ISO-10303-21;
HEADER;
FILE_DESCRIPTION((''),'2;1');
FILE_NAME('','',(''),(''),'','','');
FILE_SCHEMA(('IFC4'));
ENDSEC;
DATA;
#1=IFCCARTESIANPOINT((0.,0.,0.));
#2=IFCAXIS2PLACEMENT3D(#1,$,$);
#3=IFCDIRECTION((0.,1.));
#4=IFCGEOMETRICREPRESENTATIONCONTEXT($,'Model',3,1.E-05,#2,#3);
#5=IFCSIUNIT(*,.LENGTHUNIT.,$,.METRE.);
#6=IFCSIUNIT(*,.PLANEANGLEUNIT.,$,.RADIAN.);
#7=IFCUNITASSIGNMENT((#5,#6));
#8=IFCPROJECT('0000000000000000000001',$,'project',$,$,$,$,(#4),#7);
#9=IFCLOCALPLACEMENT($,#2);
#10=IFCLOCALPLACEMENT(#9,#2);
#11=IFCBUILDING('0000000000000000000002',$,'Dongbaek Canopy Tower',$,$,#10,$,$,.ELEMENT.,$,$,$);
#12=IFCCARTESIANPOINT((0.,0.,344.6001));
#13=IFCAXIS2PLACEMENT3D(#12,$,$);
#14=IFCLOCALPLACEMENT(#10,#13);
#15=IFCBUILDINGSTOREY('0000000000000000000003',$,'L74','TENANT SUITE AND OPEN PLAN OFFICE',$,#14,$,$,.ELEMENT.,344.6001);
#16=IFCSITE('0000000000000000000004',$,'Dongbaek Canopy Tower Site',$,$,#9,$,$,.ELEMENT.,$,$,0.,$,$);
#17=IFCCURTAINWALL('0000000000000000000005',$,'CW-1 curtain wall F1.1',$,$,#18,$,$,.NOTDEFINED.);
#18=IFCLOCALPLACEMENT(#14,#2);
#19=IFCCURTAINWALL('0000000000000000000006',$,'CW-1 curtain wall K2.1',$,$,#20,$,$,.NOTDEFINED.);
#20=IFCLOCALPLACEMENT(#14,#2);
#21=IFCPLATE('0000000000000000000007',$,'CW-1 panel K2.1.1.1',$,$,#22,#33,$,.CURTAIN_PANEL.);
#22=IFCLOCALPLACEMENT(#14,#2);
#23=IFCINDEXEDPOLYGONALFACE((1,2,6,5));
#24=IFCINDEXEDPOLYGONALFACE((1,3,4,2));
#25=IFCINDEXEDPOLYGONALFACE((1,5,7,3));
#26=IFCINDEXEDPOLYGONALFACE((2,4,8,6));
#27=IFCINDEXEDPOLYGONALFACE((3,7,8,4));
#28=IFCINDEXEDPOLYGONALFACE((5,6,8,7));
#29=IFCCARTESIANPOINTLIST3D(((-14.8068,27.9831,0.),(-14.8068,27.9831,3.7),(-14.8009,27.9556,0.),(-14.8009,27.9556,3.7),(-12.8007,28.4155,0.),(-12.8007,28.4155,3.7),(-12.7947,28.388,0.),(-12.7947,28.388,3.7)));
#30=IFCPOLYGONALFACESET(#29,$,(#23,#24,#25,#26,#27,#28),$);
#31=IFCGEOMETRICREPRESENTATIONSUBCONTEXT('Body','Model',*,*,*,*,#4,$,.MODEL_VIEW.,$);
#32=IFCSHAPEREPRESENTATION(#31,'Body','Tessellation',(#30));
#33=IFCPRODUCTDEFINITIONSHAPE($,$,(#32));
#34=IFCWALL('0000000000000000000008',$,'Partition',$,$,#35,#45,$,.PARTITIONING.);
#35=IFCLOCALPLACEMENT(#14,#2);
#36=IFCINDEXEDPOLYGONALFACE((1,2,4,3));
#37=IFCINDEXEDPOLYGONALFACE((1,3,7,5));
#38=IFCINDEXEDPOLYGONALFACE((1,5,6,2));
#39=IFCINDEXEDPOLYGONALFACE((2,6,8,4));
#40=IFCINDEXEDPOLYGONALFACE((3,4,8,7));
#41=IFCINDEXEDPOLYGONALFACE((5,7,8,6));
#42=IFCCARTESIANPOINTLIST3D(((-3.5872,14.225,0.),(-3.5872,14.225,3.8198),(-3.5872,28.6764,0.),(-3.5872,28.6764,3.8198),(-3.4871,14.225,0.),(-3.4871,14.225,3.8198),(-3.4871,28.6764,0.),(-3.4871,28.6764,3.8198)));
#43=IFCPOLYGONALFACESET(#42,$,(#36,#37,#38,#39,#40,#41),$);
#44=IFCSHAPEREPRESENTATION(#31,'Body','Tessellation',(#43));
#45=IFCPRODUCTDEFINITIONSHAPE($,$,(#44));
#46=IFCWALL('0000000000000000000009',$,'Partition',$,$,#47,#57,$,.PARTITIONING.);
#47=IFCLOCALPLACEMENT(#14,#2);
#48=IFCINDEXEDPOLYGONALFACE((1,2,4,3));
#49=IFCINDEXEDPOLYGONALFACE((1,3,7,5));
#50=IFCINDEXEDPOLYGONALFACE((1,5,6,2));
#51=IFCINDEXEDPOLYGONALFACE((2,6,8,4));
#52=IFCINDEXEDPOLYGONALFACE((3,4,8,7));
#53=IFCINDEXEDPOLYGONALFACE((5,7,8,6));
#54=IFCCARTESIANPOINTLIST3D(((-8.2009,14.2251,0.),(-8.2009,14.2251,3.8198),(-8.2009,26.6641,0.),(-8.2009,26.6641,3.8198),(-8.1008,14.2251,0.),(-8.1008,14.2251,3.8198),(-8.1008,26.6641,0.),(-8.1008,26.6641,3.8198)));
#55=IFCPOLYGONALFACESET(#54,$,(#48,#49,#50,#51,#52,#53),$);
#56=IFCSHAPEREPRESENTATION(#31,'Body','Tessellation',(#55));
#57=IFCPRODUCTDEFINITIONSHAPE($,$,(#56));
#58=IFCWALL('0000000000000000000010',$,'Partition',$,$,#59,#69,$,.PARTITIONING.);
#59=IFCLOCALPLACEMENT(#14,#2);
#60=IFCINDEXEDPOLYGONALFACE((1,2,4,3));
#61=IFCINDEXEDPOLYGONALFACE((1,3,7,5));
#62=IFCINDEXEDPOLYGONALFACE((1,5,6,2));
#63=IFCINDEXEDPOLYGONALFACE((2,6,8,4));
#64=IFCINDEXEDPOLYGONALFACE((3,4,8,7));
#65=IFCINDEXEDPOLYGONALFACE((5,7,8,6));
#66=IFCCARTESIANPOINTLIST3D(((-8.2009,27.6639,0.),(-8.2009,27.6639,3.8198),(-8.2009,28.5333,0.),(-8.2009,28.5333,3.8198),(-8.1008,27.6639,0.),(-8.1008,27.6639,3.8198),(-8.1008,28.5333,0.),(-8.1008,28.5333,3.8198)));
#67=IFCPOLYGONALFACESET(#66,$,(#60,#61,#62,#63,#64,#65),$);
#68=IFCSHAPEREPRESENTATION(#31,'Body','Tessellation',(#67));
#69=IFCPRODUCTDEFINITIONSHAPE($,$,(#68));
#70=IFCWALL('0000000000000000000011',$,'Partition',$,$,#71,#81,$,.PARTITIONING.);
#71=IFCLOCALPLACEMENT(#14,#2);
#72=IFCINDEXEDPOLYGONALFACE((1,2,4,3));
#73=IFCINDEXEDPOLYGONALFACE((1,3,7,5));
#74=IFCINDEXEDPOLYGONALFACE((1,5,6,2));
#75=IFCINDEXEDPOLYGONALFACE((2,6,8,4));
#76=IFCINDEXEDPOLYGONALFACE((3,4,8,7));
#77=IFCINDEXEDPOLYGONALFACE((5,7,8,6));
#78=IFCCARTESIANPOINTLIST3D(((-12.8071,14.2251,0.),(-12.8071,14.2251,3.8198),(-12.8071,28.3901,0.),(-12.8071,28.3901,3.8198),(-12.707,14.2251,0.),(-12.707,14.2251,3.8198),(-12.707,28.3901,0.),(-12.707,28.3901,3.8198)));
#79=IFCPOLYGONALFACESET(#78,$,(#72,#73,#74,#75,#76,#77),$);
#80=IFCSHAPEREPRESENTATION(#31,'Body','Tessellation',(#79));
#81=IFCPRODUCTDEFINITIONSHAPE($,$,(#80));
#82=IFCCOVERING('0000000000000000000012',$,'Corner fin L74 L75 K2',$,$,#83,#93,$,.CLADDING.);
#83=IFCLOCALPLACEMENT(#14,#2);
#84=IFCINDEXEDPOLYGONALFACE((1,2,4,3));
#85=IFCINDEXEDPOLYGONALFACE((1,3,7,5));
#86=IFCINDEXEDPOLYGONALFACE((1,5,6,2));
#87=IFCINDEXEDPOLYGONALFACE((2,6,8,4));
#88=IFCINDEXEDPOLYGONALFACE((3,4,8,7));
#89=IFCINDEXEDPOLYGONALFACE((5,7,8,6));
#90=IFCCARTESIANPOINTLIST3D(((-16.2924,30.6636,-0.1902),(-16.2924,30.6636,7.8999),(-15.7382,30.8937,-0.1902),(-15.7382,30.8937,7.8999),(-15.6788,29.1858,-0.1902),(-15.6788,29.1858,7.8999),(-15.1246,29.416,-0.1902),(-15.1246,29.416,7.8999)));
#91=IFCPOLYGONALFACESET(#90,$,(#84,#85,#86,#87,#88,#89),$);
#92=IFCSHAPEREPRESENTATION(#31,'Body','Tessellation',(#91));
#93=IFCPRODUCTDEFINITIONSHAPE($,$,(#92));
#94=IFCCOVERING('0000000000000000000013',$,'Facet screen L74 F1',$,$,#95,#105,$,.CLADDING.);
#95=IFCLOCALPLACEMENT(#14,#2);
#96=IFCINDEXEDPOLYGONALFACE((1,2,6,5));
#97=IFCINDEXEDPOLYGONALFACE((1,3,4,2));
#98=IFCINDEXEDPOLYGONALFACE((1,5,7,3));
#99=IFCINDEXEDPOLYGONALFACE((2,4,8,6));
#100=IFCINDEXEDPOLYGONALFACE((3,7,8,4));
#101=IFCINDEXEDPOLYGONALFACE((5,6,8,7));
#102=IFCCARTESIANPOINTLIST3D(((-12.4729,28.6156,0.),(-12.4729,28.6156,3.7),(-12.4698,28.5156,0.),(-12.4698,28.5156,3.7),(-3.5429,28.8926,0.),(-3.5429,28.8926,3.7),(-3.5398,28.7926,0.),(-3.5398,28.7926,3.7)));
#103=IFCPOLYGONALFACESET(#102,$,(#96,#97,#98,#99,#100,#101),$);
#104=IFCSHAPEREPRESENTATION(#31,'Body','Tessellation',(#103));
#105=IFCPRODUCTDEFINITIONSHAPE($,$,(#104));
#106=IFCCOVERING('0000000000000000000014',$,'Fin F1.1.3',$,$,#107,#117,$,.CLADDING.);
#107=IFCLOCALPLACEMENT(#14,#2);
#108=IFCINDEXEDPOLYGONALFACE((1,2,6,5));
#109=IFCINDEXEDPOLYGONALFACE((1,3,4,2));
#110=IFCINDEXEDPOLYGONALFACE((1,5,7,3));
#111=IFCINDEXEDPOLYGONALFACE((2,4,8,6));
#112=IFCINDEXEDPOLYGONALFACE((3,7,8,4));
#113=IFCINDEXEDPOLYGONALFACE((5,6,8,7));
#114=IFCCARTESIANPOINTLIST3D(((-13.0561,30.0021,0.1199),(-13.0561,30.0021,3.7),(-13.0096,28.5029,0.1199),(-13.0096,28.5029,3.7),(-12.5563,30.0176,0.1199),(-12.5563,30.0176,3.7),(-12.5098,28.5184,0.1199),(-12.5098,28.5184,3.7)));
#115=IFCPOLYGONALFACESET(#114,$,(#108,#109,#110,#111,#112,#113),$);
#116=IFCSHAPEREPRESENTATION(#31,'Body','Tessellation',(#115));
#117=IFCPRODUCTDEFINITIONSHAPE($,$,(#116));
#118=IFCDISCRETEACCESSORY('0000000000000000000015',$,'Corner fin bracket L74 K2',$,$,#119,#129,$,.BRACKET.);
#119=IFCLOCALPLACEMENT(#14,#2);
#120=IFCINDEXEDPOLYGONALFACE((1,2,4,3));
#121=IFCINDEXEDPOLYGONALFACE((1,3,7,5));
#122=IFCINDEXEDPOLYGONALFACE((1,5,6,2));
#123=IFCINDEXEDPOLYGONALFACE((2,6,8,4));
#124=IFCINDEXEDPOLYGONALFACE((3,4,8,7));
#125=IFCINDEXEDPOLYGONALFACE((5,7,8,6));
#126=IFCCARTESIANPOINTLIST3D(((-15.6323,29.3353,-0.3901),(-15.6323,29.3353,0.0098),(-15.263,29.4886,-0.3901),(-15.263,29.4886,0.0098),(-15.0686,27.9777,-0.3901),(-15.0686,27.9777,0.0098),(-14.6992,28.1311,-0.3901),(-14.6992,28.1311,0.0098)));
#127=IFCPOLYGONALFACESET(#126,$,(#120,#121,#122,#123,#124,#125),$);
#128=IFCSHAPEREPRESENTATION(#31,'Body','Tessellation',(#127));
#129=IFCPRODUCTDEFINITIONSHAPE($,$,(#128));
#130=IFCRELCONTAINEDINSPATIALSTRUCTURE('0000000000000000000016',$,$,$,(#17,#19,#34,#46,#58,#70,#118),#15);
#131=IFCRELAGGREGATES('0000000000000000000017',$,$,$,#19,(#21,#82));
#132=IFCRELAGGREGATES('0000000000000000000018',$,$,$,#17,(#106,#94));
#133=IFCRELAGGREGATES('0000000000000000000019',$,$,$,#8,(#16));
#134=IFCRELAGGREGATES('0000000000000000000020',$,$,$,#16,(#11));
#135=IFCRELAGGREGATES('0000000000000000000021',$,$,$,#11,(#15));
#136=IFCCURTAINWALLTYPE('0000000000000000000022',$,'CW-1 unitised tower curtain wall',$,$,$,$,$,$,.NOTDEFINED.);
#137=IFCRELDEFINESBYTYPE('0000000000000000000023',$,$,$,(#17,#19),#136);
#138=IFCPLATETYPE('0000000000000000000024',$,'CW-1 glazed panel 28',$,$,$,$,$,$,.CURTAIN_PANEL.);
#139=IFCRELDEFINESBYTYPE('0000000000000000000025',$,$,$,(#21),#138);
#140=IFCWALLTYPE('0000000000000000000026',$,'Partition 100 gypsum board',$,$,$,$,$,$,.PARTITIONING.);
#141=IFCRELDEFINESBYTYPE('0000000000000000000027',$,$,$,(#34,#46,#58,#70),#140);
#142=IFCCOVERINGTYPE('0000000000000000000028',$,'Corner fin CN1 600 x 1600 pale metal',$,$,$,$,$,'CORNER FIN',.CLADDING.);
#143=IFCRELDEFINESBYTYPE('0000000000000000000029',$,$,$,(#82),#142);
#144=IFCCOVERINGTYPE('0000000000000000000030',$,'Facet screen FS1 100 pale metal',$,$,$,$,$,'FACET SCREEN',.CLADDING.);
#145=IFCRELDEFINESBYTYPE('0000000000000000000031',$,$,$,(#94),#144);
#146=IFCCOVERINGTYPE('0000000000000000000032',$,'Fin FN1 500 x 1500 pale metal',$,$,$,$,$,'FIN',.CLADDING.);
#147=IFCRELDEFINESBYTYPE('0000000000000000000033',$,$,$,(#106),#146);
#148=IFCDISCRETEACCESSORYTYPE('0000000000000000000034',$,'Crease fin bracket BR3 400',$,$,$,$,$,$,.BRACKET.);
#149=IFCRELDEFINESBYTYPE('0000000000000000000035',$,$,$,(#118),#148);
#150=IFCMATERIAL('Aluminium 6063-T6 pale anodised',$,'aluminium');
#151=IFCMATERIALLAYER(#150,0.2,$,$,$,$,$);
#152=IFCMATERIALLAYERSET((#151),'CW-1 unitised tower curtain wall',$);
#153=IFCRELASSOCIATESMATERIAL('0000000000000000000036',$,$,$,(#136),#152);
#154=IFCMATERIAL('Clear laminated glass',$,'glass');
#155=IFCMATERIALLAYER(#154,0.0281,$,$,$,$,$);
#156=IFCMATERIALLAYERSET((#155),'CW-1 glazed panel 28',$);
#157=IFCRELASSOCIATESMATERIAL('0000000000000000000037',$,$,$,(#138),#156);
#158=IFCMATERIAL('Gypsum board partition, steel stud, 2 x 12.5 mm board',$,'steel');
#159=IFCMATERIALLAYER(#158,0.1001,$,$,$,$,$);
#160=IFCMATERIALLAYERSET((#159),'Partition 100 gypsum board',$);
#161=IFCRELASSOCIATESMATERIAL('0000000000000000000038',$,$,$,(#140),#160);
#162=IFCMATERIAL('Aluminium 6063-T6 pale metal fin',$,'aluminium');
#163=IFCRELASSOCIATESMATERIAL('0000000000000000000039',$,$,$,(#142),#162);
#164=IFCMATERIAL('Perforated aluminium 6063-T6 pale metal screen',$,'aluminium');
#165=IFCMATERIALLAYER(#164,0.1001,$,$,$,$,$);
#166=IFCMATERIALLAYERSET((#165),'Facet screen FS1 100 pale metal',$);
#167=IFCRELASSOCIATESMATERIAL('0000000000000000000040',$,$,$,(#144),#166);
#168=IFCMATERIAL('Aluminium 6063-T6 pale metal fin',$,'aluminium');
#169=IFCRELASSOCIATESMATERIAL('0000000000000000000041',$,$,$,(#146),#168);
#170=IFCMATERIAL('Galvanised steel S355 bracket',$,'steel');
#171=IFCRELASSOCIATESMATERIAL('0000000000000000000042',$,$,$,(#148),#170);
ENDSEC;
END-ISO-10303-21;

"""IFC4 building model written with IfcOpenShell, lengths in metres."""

from ifc_helpers import new_model, si_unit, direction, frame, frame_2d, origin, origin_2d, place, context, subcontext, project, spatial, rectangle, extrude, material, layer, layer_set, material_profile, profile_set, type_object, element, aggregate, save


model = new_model("IFC4")

# Units and contexts
model_context = context("Model", 3, precision=1e-05, world=origin(), true_north=direction((0.0, 1.0)))
body_context = subcontext(model_context, "Body", "Model", "MODEL_VIEW")
ifc_project = project(units=[si_unit("LENGTHUNIT", "METRE"), si_unit("PLANEANGLEUNIT", "RADIAN")], contexts=[model_context])

# Site, building, storey
site_placement = place(None, origin())
site = spatial("IfcSite", under=ifc_project, at=site_placement, Name="Dongbaek Canopy Tower Site", CompositionType="ELEMENT", RefElevation=0.0)
building_placement = place(site_placement, origin())
building = spatial("IfcBuilding", under=site, at=building_placement, Name="Dongbaek Canopy Tower", CompositionType="ELEMENT")
storey_placement = place(building_placement, frame((0.0, 0.0, 344.6001)))
storey = spatial("IfcBuildingStorey", under=building, at=storey_placement, Name="L74", Description="TENANT SUITE AND OPEN PLAN OFFICE", CompositionType="ELEMENT", Elevation=344.6001)

# Curtain wall
ifc_material_1 = material(Name="Aluminium 6063-T6 pale anodised", Category="aluminium")
ifc_layer_1 = layer(ifc_material_1, 0.2)
ifc_layer_set_1 = layer_set([ifc_layer_1], Name="CW-1 unitised tower curtain wall")
curtain_wall_type = type_object("IfcCurtainWallType", Name="CW-1 unitised tower curtain wall", PredefinedType="NOTDEFINED", material=ifc_layer_set_1)
curtain_wall_1_placement = place(storey_placement, origin())
curtain_wall_1 = element("IfcCurtainWall", 1, at=curtain_wall_1_placement, inside=storey, type_object=curtain_wall_type, Name="CW-1 curtain wall F1.1", PredefinedType="NOTDEFINED")

# Curtain wall
curtain_wall_2_placement = place(storey_placement, origin())
curtain_wall_2 = element("IfcCurtainWall", 2, at=curtain_wall_2_placement, inside=storey, type_object=curtain_wall_type, Name="CW-1 curtain wall K2.1", PredefinedType="NOTDEFINED")

# Plate
ifc_material_2 = material(Name="Clear laminated glass", Category="glass")
ifc_layer_2 = layer(ifc_material_2, 0.0281)
ifc_layer_set_2 = layer_set([ifc_layer_2], Name="CW-1 glazed panel 28")
plate_type = type_object("IfcPlateType", Name="CW-1 glazed panel 28", PredefinedType="CURTAIN_PANEL", material=ifc_layer_set_2)
plate_1_placement = place(storey_placement, frame((-13.8008, 28.1855, 0.0), z_axis=(0.0, 0.0, 1.0), x_axis=(-0.977549, -0.21071, 0.0)))
plate_1 = element("IfcPlate", 3, at=plate_1_placement, type_object=plate_type, Name="CW-1 panel K2.1.1.1", PredefinedType="CURTAIN_PANEL", context=body_context, shape_type="SweptSolid", body=[
    extrude(rectangle(XDim=2.0522, YDim=0.0281, at=origin_2d()), origin(), (0.0, 0.0, 1.0), 3.7),
])

# Walls
ifc_material_3 = material(Name="Gypsum board partition, steel stud, 2 x 12.5 mm board", Category="steel")
ifc_layer_3 = layer(ifc_material_3, 0.1001)
ifc_layer_set_3 = layer_set([ifc_layer_3], Name="Partition 100 gypsum board")
wall_type = type_object("IfcWallType", Name="Partition 100 gypsum board", PredefinedType="PARTITIONING", material=ifc_layer_set_3)
wall_1_placement = place(storey_placement, frame((-3.5371, 14.2251, 0.0), z_axis=(0.0, 0.0, 1.0), x_axis=(0.0, 1.0, 0.0)))
element("IfcWall", 4, at=wall_1_placement, inside=storey, type_object=wall_type, Name="Partition", PredefinedType="PARTITIONING", context=body_context, shape_type="SweptSolid", body=[
    extrude(rectangle(XDim=14.4514, YDim=0.1001, at=frame_2d((7.2256, 0.0))), origin(), (0.0, 0.0, 1.0), 3.8198),
])
wall_2_placement = place(storey_placement, frame((-8.1509, 14.2251, 0.0), z_axis=(0.0, 0.0, 1.0), x_axis=(0.0, 1.0, 0.0)))
element("IfcWall", 5, at=wall_2_placement, inside=storey, type_object=wall_type, Name="Partition", PredefinedType="PARTITIONING", context=body_context, shape_type="SweptSolid", body=[
    extrude(rectangle(XDim=12.439, YDim=0.1001, at=frame_2d((6.2195, 0.0))), origin(), (0.0, 0.0, 1.0), 3.8198),
])
wall_3_placement = place(storey_placement, frame((-8.1509, 27.6641, 0.0), z_axis=(0.0, 0.0, 1.0), x_axis=(0.0, 1.0, 0.0)))
element("IfcWall", 6, at=wall_3_placement, inside=storey, type_object=wall_type, Name="Partition", PredefinedType="PARTITIONING", context=body_context, shape_type="SweptSolid", body=[
    extrude(rectangle(XDim=0.8694, YDim=0.1001, at=frame_2d((0.4346, 0.0))), origin(), (0.0, 0.0, 1.0), 3.8198),
])
wall_4_placement = place(storey_placement, frame((-12.7571, 14.2251, 0.0), z_axis=(0.0, 0.0, 1.0), x_axis=(0.0, 1.0, 0.0)))
element("IfcWall", 7, at=wall_4_placement, inside=storey, type_object=wall_type, Name="Partition", PredefinedType="PARTITIONING", context=body_context, shape_type="SweptSolid", body=[
    extrude(rectangle(XDim=14.165, YDim=0.1001, at=frame_2d((7.0825, 0.0))), origin(), (0.0, 0.0, 1.0), 3.8198),
])

# Coverings
ifc_material_4 = material(Name="Aluminium 6063-T6 pale metal fin", Category="aluminium")
ifc_material_profile_1 = material_profile(ifc_material_4, rectangle(XDim=1.6001, YDim=0.6001, at=origin_2d()), Name="Corner fin CN1 600 x 1600 pale metal")
ifc_profile_set_1 = profile_set([ifc_material_profile_1], Name="Aluminium 6063-T6 pale metal fin")
covering_type_1 = type_object("IfcCoveringType", Name="Corner fin CN1 600 x 1600 pale metal", ElementType="CORNER FIN", PredefinedType="CLADDING", material=ifc_profile_set_1)
covering_1_placement = place(storey_placement, frame((-15.7085, 30.0398, -0.1902), z_axis=(0.0, 0.0, 1.0), x_axis=(-0.38351, 0.923537, 0.0)))
covering_1 = element("IfcCovering", 8, at=covering_1_placement, type_object=covering_type_1, Name="Corner fin L74 L75 K2", PredefinedType="CLADDING", context=body_context, shape_type="SweptSolid", body=[
    extrude(rectangle(XDim=1.6001, YDim=0.6001, at=origin_2d()), origin(), (0.0, 0.0, 1.0), 8.0901),
])
aggregate(curtain_wall_2, [plate_1, covering_1])
ifc_material_5 = material(Name="Perforated aluminium 6063-T6 pale metal screen", Category="aluminium")
ifc_layer_4 = layer(ifc_material_5, 0.1001)
ifc_layer_set_4 = layer_set([ifc_layer_4], Name="Facet screen FS1 100 pale metal")
covering_type_2 = type_object("IfcCoveringType", Name="Facet screen FS1 100 pale metal", ElementType="FACET SCREEN", PredefinedType="CLADDING", material=ifc_layer_set_4)
covering_2_placement = place(storey_placement, frame((-8.0063, 28.7041, 0.0), z_axis=(0.0, 0.0, 1.0), x_axis=(-0.999519, -0.031004, 0.0)))
covering_2 = element("IfcCovering", 9, at=covering_2_placement, type_object=covering_type_2, Name="Facet screen L74 F1", PredefinedType="CLADDING", context=body_context, shape_type="SweptSolid", body=[
    extrude(rectangle(XDim=8.9343, YDim=0.1001, at=origin_2d()), origin(), (0.0, 0.0, 1.0), 3.7),
])
ifc_material_6 = material(Name="Aluminium 6063-T6 pale metal fin", Category="aluminium")
ifc_material_profile_2 = material_profile(ifc_material_6, rectangle(XDim=1.5, YDim=0.5, at=origin_2d()), Name="Fin FN1 500 x 1500 pale metal")
ifc_profile_set_2 = profile_set([ifc_material_profile_2], Name="Aluminium 6063-T6 pale metal fin")
covering_type_3 = type_object("IfcCoveringType", Name="Fin FN1 500 x 1500 pale metal", ElementType="FIN", PredefinedType="CLADDING", material=ifc_profile_set_2)
covering_3_placement = place(storey_placement, frame((-12.783, 29.2603, 0.1199), z_axis=(0.0, 0.0, 1.0), x_axis=(-0.031003, 0.999519, 0.0)))
covering_3 = element("IfcCovering", 10, at=covering_3_placement, type_object=covering_type_3, Name="Fin F1.1.3", PredefinedType="CLADDING", context=body_context, shape_type="SweptSolid", body=[
    extrude(rectangle(XDim=1.5, YDim=0.5, at=origin_2d()), origin(), (0.0, 0.0, 1.0), 3.5801),
])
aggregate(curtain_wall_1, [covering_3, covering_2])

# Discrete accessory
ifc_material_7 = material(Name="Galvanised steel S355 bracket", Category="steel")
discrete_accessory_type = type_object("IfcDiscreteAccessoryType", Name="Crease fin bracket BR3 400", PredefinedType="BRACKET", material=ifc_material_7)
discrete_accessory_placement = place(storey_placement, frame((-15.1658, 28.7332, -0.3901), z_axis=(0.0, 0.0, 1.0), x_axis=(-0.38351, 0.923537, 0.0)))
element("IfcDiscreteAccessory", 11, at=discrete_accessory_placement, inside=storey, type_object=discrete_accessory_type, Name="Corner fin bracket L74 K2", PredefinedType="BRACKET", context=body_context, shape_type="SweptSolid", body=[
    extrude(rectangle(XDim=1.47, YDim=0.3999, at=origin_2d()), origin(), (0.0, 0.0, 1.0), 0.3999),
])

save(model, "model.ifc")
